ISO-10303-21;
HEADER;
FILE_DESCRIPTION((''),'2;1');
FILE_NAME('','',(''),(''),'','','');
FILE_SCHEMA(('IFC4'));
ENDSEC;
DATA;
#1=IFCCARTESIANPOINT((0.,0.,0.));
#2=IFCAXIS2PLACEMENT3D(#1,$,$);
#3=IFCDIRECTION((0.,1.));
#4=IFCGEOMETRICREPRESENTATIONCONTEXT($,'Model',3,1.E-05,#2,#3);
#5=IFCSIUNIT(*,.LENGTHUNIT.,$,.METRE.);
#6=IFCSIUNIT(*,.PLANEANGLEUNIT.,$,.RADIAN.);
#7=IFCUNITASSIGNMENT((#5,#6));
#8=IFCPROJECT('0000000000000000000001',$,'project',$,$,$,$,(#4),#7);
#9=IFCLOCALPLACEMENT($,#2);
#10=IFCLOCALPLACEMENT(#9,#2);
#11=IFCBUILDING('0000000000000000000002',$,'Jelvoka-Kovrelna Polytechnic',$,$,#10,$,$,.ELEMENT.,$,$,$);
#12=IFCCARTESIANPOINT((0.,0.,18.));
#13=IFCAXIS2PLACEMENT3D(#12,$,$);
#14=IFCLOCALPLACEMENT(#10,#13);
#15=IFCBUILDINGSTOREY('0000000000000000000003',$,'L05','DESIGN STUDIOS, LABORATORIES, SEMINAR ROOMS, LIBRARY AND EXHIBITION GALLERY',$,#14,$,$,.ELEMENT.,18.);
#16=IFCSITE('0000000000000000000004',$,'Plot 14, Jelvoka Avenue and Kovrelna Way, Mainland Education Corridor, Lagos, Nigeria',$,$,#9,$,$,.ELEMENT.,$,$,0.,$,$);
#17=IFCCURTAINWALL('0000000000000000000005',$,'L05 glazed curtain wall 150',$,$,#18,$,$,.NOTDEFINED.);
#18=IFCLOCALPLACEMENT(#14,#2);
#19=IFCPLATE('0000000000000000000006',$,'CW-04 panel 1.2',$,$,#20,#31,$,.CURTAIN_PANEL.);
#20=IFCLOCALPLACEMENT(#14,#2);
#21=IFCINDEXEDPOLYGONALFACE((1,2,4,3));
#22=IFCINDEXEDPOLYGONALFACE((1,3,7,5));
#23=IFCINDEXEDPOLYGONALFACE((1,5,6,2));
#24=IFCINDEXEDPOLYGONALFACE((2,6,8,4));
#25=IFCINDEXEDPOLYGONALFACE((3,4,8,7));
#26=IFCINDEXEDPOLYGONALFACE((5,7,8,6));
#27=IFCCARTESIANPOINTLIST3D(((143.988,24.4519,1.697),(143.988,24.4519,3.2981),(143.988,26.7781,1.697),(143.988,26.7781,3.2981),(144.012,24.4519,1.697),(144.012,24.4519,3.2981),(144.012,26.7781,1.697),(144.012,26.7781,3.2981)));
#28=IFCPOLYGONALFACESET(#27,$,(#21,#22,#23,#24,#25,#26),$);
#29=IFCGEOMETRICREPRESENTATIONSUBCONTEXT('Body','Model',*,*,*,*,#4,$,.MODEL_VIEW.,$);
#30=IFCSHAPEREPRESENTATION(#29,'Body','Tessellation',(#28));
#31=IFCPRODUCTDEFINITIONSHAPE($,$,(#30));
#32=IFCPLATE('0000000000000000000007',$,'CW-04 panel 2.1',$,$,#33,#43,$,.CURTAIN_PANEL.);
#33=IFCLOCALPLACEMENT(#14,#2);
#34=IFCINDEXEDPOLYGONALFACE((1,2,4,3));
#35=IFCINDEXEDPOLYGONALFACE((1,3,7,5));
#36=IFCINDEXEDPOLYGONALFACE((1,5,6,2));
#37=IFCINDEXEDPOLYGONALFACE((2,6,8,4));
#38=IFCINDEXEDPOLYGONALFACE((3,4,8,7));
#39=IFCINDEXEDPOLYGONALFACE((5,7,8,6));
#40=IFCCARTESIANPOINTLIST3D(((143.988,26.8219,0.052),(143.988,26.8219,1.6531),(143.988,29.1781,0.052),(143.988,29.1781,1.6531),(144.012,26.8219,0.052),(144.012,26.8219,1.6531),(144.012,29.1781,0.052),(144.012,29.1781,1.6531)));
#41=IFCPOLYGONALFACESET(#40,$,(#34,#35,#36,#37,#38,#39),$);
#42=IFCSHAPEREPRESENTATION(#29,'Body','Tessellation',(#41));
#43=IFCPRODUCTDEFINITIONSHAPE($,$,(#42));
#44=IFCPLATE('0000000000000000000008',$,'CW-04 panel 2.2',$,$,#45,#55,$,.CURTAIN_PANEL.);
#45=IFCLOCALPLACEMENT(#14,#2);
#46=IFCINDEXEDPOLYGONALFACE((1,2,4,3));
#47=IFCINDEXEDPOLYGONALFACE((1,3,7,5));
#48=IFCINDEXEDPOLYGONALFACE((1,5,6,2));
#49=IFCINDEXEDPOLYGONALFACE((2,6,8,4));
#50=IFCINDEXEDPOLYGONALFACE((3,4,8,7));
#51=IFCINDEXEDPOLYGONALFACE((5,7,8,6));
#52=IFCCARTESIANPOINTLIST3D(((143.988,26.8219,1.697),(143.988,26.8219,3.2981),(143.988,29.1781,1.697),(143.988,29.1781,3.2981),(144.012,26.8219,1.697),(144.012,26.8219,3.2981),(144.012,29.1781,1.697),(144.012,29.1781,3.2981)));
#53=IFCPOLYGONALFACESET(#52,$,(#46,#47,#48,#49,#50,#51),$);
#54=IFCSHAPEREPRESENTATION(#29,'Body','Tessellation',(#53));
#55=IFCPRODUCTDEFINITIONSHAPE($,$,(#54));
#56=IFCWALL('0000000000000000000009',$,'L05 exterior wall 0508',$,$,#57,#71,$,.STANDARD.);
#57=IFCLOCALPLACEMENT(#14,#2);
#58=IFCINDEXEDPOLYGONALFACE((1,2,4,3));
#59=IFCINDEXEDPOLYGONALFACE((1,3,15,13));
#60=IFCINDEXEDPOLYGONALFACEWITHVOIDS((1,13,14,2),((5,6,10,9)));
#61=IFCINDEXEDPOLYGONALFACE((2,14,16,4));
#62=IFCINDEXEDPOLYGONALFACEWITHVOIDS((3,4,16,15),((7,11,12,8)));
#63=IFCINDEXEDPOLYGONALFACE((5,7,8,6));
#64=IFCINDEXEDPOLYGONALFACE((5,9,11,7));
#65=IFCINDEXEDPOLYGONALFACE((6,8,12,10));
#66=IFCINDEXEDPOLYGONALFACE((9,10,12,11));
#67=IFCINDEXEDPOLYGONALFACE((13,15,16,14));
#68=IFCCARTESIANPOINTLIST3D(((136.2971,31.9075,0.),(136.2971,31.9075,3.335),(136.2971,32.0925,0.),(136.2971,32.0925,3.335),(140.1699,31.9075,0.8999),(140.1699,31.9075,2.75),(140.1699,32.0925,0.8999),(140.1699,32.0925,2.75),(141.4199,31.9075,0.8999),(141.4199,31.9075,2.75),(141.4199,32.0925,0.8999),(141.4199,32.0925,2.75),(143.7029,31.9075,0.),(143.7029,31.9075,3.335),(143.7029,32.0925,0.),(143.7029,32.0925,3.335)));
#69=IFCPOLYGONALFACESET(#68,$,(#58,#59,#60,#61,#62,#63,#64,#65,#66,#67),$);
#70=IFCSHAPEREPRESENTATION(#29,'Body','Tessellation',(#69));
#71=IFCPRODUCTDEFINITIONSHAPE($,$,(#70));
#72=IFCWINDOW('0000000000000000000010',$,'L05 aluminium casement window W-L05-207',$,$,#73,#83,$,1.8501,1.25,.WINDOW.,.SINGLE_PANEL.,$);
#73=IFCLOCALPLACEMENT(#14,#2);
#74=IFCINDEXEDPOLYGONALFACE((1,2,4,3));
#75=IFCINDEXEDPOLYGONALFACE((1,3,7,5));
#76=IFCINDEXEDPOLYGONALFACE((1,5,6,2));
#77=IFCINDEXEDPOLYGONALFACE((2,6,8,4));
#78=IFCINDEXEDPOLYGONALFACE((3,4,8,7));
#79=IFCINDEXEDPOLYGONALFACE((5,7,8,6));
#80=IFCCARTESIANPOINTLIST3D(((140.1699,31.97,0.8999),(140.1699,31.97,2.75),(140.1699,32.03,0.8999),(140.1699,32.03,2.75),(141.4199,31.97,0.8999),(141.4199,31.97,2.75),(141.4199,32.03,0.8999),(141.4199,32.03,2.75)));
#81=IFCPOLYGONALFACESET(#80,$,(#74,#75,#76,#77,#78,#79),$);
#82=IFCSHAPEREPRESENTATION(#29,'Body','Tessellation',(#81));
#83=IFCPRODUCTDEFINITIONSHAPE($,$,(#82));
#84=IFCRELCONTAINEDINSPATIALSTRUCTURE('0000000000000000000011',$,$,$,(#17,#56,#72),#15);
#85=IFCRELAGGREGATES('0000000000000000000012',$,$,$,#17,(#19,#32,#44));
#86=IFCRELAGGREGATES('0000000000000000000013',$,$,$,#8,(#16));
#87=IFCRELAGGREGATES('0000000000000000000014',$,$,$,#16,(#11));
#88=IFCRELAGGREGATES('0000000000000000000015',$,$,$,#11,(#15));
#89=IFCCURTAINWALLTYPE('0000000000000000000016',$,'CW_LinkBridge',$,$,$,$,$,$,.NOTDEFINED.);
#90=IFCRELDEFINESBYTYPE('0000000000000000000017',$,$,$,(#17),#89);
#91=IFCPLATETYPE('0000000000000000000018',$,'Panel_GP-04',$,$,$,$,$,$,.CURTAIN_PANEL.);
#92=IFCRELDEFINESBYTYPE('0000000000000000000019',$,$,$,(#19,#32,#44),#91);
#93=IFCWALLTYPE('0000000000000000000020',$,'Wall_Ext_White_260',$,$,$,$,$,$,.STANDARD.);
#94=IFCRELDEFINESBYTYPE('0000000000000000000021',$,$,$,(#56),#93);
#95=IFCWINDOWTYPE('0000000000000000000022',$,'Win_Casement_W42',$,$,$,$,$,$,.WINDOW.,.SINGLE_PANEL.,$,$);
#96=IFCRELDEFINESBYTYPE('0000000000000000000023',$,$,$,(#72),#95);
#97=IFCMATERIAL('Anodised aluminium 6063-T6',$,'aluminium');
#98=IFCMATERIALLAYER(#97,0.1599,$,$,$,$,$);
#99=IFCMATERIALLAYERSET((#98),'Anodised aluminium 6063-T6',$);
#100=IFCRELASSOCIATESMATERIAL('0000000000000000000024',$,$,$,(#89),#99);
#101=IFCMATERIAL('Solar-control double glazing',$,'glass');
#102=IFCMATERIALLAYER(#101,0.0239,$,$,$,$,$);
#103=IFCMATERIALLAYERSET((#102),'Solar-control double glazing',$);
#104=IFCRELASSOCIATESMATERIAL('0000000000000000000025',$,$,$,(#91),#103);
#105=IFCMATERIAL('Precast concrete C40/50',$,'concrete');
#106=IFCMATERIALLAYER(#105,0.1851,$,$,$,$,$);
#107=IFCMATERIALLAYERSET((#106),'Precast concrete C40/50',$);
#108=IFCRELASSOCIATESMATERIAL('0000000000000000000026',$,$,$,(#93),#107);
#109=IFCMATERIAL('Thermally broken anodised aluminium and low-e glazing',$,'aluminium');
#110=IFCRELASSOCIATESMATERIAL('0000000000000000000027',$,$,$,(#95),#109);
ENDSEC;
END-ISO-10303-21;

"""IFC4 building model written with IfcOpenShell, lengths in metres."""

from ifc_helpers import new_model, si_unit, direction, frame, frame_2d, origin, origin_2d, place, context, subcontext, project, spatial, rectangle, extrude, material, layer, layer_set, type_object, element, fill, aggregate, save


model = new_model("IFC4")

# Units and contexts
model_context = context("Model", 3, precision=1e-05, world=origin(), true_north=direction((0.0, 1.0)))
body_context = subcontext(model_context, "Body", "Model", "MODEL_VIEW")
ifc_project = project(units=[si_unit("LENGTHUNIT", "METRE"), si_unit("PLANEANGLEUNIT", "RADIAN")], contexts=[model_context])

# Site, building, storey
site_placement = place(None, origin())
site = spatial("IfcSite", under=ifc_project, at=site_placement, Name="Plot 14, Jelvoka Avenue and Kovrelna Way, Mainland Education Corridor, Lagos, Nigeria", CompositionType="ELEMENT", RefElevation=0.0)
building_placement = place(site_placement, origin())
building = spatial("IfcBuilding", under=site, at=building_placement, Name="Jelvoka-Kovrelna Polytechnic", CompositionType="ELEMENT")
storey_placement = place(building_placement, frame((0.0, 0.0, 18.0)))
storey = spatial("IfcBuildingStorey", under=building, at=storey_placement, Name="L05", Description="DESIGN STUDIOS, LABORATORIES, SEMINAR ROOMS, LIBRARY AND EXHIBITION GALLERY", CompositionType="ELEMENT", Elevation=18.0)

# Curtain wall, plates
ifc_material_1 = material(Name="Anodised aluminium 6063-T6", Category="aluminium")
ifc_layer_1 = layer(ifc_material_1, 0.1599)
ifc_layer_set_1 = layer_set([ifc_layer_1], Name="Anodised aluminium 6063-T6")
curtain_wall_type = type_object("IfcCurtainWallType", Name="CW_LinkBridge", PredefinedType="NOTDEFINED", material=ifc_layer_set_1)
curtain_wall_placement = place(storey_placement, origin())
curtain_wall = element("IfcCurtainWall", 1, at=curtain_wall_placement, inside=storey, type_object=curtain_wall_type, Name="L05 glazed curtain wall 150", PredefinedType="NOTDEFINED")
ifc_material_2 = material(Name="Solar-control double glazing", Category="glass")
ifc_layer_2 = layer(ifc_material_2, 0.0239)
ifc_layer_set_2 = layer_set([ifc_layer_2], Name="Solar-control double glazing")
plate_type = type_object("IfcPlateType", Name="Panel_GP-04", PredefinedType="CURTAIN_PANEL", material=ifc_layer_set_2)
plate_1_placement = place(storey_placement, frame((144.0, 25.615, 1.697), z_axis=(0.0, 0.0, 1.0), x_axis=(0.0, 1.0, 0.0)))
plate_1 = element("IfcPlate", 2, at=plate_1_placement, type_object=plate_type, Name="CW-04 panel 1.2", PredefinedType="CURTAIN_PANEL", context=body_context, shape_type="SweptSolid", body=[
    extrude(rectangle(XDim=2.3262, YDim=0.0239, at=origin_2d()), origin(), (0.0, 0.0, 1.0), 1.6011),
])
plate_2_placement = place(storey_placement, frame((144.0, 28.0, 0.052), z_axis=(0.0, 0.0, 1.0), x_axis=(0.0, 1.0, 0.0)))
plate_2 = element("IfcPlate", 3, at=plate_2_placement, type_object=plate_type, Name="CW-04 panel 2.1", PredefinedType="CURTAIN_PANEL", context=body_context, shape_type="SweptSolid", body=[
    extrude(rectangle(XDim=2.3562, YDim=0.0239, at=origin_2d()), origin(), (0.0, 0.0, 1.0), 1.6011),
])
plate_3_placement = place(storey_placement, frame((144.0, 28.0, 1.697), z_axis=(0.0, 0.0, 1.0), x_axis=(0.0, 1.0, 0.0)))
plate_3 = element("IfcPlate", 4, at=plate_3_placement, type_object=plate_type, Name="CW-04 panel 2.2", PredefinedType="CURTAIN_PANEL", context=body_context, shape_type="SweptSolid", body=[
    extrude(rectangle(XDim=2.3562, YDim=0.0239, at=origin_2d()), origin(), (0.0, 0.0, 1.0), 1.6011),
])
aggregate(curtain_wall, [plate_1, plate_2, plate_3])

# Wall, opening, window
ifc_material_3 = material(Name="Precast concrete C40/50", Category="concrete")
ifc_layer_3 = layer(ifc_material_3, 0.1851)
ifc_layer_set_3 = layer_set([ifc_layer_3], Name="Precast concrete C40/50")
wall_type = type_object("IfcWallType", Name="Wall_Ext_White_260", PredefinedType="STANDARD", material=ifc_layer_set_3)
wall_placement = place(storey_placement, frame((143.7029, 32.0, 0.0), z_axis=(0.0, 0.0, 1.0), x_axis=(-1.0, 0.0, 0.0)))
wall = element("IfcWall", 5, at=wall_placement, inside=storey, type_object=wall_type, Name="L05 exterior wall 0508", PredefinedType="STANDARD", context=body_context, shape_type="SweptSolid", body=[
    extrude(rectangle(XDim=7.4058, YDim=0.1851, at=frame_2d((3.7029, 0.0))), origin(), (0.0, 0.0, 1.0), 3.335),
])
opening_placement = place(wall_placement, frame((2.283, 0.0, 0.8999)))
opening = element("IfcOpeningElement", 6, at=opening_placement, cuts=wall, PredefinedType="OPENING", context=body_context, shape_type="SweptSolid", body=[
    extrude(rectangle(XDim=1.25, YDim=1.8501, at=frame_2d((0.625, 0.925))), frame((0.0, 0.1025, 0.0), z_axis=(0.0, -1.0, 0.0), x_axis=(1.0, 0.0, 0.0)), (0.0, 0.0, 1.0), 0.2051),
])
ifc_material_4 = material(Name="Thermally broken anodised aluminium and low-e glazing", Category="aluminium")
window_type = type_object("IfcWindowType", Name="Win_Casement_W42", PartitioningType="SINGLE_PANEL", PredefinedType="WINDOW", material=ifc_material_4)
window_placement = place(opening_placement, origin())
window = element("IfcWindow", 7, at=window_placement, inside=storey, type_object=window_type, Name="L05 aluminium casement window W-L05-207", OverallHeight=1.8501, OverallWidth=1.25, PartitioningType="SINGLE_PANEL", PredefinedType="WINDOW", context=body_context, shape_type="SweptSolid", body=[
    extrude(rectangle(XDim=1.25, YDim=1.8501, at=frame_2d((0.625, 0.925))), frame((0.0, 0.03, 0.0), z_axis=(0.0, -1.0, 0.0), x_axis=(1.0, 0.0, 0.0)), (0.0, 0.0, 1.0), 0.0601),
])
fill(opening, window)

save(model, "model.ifc")
